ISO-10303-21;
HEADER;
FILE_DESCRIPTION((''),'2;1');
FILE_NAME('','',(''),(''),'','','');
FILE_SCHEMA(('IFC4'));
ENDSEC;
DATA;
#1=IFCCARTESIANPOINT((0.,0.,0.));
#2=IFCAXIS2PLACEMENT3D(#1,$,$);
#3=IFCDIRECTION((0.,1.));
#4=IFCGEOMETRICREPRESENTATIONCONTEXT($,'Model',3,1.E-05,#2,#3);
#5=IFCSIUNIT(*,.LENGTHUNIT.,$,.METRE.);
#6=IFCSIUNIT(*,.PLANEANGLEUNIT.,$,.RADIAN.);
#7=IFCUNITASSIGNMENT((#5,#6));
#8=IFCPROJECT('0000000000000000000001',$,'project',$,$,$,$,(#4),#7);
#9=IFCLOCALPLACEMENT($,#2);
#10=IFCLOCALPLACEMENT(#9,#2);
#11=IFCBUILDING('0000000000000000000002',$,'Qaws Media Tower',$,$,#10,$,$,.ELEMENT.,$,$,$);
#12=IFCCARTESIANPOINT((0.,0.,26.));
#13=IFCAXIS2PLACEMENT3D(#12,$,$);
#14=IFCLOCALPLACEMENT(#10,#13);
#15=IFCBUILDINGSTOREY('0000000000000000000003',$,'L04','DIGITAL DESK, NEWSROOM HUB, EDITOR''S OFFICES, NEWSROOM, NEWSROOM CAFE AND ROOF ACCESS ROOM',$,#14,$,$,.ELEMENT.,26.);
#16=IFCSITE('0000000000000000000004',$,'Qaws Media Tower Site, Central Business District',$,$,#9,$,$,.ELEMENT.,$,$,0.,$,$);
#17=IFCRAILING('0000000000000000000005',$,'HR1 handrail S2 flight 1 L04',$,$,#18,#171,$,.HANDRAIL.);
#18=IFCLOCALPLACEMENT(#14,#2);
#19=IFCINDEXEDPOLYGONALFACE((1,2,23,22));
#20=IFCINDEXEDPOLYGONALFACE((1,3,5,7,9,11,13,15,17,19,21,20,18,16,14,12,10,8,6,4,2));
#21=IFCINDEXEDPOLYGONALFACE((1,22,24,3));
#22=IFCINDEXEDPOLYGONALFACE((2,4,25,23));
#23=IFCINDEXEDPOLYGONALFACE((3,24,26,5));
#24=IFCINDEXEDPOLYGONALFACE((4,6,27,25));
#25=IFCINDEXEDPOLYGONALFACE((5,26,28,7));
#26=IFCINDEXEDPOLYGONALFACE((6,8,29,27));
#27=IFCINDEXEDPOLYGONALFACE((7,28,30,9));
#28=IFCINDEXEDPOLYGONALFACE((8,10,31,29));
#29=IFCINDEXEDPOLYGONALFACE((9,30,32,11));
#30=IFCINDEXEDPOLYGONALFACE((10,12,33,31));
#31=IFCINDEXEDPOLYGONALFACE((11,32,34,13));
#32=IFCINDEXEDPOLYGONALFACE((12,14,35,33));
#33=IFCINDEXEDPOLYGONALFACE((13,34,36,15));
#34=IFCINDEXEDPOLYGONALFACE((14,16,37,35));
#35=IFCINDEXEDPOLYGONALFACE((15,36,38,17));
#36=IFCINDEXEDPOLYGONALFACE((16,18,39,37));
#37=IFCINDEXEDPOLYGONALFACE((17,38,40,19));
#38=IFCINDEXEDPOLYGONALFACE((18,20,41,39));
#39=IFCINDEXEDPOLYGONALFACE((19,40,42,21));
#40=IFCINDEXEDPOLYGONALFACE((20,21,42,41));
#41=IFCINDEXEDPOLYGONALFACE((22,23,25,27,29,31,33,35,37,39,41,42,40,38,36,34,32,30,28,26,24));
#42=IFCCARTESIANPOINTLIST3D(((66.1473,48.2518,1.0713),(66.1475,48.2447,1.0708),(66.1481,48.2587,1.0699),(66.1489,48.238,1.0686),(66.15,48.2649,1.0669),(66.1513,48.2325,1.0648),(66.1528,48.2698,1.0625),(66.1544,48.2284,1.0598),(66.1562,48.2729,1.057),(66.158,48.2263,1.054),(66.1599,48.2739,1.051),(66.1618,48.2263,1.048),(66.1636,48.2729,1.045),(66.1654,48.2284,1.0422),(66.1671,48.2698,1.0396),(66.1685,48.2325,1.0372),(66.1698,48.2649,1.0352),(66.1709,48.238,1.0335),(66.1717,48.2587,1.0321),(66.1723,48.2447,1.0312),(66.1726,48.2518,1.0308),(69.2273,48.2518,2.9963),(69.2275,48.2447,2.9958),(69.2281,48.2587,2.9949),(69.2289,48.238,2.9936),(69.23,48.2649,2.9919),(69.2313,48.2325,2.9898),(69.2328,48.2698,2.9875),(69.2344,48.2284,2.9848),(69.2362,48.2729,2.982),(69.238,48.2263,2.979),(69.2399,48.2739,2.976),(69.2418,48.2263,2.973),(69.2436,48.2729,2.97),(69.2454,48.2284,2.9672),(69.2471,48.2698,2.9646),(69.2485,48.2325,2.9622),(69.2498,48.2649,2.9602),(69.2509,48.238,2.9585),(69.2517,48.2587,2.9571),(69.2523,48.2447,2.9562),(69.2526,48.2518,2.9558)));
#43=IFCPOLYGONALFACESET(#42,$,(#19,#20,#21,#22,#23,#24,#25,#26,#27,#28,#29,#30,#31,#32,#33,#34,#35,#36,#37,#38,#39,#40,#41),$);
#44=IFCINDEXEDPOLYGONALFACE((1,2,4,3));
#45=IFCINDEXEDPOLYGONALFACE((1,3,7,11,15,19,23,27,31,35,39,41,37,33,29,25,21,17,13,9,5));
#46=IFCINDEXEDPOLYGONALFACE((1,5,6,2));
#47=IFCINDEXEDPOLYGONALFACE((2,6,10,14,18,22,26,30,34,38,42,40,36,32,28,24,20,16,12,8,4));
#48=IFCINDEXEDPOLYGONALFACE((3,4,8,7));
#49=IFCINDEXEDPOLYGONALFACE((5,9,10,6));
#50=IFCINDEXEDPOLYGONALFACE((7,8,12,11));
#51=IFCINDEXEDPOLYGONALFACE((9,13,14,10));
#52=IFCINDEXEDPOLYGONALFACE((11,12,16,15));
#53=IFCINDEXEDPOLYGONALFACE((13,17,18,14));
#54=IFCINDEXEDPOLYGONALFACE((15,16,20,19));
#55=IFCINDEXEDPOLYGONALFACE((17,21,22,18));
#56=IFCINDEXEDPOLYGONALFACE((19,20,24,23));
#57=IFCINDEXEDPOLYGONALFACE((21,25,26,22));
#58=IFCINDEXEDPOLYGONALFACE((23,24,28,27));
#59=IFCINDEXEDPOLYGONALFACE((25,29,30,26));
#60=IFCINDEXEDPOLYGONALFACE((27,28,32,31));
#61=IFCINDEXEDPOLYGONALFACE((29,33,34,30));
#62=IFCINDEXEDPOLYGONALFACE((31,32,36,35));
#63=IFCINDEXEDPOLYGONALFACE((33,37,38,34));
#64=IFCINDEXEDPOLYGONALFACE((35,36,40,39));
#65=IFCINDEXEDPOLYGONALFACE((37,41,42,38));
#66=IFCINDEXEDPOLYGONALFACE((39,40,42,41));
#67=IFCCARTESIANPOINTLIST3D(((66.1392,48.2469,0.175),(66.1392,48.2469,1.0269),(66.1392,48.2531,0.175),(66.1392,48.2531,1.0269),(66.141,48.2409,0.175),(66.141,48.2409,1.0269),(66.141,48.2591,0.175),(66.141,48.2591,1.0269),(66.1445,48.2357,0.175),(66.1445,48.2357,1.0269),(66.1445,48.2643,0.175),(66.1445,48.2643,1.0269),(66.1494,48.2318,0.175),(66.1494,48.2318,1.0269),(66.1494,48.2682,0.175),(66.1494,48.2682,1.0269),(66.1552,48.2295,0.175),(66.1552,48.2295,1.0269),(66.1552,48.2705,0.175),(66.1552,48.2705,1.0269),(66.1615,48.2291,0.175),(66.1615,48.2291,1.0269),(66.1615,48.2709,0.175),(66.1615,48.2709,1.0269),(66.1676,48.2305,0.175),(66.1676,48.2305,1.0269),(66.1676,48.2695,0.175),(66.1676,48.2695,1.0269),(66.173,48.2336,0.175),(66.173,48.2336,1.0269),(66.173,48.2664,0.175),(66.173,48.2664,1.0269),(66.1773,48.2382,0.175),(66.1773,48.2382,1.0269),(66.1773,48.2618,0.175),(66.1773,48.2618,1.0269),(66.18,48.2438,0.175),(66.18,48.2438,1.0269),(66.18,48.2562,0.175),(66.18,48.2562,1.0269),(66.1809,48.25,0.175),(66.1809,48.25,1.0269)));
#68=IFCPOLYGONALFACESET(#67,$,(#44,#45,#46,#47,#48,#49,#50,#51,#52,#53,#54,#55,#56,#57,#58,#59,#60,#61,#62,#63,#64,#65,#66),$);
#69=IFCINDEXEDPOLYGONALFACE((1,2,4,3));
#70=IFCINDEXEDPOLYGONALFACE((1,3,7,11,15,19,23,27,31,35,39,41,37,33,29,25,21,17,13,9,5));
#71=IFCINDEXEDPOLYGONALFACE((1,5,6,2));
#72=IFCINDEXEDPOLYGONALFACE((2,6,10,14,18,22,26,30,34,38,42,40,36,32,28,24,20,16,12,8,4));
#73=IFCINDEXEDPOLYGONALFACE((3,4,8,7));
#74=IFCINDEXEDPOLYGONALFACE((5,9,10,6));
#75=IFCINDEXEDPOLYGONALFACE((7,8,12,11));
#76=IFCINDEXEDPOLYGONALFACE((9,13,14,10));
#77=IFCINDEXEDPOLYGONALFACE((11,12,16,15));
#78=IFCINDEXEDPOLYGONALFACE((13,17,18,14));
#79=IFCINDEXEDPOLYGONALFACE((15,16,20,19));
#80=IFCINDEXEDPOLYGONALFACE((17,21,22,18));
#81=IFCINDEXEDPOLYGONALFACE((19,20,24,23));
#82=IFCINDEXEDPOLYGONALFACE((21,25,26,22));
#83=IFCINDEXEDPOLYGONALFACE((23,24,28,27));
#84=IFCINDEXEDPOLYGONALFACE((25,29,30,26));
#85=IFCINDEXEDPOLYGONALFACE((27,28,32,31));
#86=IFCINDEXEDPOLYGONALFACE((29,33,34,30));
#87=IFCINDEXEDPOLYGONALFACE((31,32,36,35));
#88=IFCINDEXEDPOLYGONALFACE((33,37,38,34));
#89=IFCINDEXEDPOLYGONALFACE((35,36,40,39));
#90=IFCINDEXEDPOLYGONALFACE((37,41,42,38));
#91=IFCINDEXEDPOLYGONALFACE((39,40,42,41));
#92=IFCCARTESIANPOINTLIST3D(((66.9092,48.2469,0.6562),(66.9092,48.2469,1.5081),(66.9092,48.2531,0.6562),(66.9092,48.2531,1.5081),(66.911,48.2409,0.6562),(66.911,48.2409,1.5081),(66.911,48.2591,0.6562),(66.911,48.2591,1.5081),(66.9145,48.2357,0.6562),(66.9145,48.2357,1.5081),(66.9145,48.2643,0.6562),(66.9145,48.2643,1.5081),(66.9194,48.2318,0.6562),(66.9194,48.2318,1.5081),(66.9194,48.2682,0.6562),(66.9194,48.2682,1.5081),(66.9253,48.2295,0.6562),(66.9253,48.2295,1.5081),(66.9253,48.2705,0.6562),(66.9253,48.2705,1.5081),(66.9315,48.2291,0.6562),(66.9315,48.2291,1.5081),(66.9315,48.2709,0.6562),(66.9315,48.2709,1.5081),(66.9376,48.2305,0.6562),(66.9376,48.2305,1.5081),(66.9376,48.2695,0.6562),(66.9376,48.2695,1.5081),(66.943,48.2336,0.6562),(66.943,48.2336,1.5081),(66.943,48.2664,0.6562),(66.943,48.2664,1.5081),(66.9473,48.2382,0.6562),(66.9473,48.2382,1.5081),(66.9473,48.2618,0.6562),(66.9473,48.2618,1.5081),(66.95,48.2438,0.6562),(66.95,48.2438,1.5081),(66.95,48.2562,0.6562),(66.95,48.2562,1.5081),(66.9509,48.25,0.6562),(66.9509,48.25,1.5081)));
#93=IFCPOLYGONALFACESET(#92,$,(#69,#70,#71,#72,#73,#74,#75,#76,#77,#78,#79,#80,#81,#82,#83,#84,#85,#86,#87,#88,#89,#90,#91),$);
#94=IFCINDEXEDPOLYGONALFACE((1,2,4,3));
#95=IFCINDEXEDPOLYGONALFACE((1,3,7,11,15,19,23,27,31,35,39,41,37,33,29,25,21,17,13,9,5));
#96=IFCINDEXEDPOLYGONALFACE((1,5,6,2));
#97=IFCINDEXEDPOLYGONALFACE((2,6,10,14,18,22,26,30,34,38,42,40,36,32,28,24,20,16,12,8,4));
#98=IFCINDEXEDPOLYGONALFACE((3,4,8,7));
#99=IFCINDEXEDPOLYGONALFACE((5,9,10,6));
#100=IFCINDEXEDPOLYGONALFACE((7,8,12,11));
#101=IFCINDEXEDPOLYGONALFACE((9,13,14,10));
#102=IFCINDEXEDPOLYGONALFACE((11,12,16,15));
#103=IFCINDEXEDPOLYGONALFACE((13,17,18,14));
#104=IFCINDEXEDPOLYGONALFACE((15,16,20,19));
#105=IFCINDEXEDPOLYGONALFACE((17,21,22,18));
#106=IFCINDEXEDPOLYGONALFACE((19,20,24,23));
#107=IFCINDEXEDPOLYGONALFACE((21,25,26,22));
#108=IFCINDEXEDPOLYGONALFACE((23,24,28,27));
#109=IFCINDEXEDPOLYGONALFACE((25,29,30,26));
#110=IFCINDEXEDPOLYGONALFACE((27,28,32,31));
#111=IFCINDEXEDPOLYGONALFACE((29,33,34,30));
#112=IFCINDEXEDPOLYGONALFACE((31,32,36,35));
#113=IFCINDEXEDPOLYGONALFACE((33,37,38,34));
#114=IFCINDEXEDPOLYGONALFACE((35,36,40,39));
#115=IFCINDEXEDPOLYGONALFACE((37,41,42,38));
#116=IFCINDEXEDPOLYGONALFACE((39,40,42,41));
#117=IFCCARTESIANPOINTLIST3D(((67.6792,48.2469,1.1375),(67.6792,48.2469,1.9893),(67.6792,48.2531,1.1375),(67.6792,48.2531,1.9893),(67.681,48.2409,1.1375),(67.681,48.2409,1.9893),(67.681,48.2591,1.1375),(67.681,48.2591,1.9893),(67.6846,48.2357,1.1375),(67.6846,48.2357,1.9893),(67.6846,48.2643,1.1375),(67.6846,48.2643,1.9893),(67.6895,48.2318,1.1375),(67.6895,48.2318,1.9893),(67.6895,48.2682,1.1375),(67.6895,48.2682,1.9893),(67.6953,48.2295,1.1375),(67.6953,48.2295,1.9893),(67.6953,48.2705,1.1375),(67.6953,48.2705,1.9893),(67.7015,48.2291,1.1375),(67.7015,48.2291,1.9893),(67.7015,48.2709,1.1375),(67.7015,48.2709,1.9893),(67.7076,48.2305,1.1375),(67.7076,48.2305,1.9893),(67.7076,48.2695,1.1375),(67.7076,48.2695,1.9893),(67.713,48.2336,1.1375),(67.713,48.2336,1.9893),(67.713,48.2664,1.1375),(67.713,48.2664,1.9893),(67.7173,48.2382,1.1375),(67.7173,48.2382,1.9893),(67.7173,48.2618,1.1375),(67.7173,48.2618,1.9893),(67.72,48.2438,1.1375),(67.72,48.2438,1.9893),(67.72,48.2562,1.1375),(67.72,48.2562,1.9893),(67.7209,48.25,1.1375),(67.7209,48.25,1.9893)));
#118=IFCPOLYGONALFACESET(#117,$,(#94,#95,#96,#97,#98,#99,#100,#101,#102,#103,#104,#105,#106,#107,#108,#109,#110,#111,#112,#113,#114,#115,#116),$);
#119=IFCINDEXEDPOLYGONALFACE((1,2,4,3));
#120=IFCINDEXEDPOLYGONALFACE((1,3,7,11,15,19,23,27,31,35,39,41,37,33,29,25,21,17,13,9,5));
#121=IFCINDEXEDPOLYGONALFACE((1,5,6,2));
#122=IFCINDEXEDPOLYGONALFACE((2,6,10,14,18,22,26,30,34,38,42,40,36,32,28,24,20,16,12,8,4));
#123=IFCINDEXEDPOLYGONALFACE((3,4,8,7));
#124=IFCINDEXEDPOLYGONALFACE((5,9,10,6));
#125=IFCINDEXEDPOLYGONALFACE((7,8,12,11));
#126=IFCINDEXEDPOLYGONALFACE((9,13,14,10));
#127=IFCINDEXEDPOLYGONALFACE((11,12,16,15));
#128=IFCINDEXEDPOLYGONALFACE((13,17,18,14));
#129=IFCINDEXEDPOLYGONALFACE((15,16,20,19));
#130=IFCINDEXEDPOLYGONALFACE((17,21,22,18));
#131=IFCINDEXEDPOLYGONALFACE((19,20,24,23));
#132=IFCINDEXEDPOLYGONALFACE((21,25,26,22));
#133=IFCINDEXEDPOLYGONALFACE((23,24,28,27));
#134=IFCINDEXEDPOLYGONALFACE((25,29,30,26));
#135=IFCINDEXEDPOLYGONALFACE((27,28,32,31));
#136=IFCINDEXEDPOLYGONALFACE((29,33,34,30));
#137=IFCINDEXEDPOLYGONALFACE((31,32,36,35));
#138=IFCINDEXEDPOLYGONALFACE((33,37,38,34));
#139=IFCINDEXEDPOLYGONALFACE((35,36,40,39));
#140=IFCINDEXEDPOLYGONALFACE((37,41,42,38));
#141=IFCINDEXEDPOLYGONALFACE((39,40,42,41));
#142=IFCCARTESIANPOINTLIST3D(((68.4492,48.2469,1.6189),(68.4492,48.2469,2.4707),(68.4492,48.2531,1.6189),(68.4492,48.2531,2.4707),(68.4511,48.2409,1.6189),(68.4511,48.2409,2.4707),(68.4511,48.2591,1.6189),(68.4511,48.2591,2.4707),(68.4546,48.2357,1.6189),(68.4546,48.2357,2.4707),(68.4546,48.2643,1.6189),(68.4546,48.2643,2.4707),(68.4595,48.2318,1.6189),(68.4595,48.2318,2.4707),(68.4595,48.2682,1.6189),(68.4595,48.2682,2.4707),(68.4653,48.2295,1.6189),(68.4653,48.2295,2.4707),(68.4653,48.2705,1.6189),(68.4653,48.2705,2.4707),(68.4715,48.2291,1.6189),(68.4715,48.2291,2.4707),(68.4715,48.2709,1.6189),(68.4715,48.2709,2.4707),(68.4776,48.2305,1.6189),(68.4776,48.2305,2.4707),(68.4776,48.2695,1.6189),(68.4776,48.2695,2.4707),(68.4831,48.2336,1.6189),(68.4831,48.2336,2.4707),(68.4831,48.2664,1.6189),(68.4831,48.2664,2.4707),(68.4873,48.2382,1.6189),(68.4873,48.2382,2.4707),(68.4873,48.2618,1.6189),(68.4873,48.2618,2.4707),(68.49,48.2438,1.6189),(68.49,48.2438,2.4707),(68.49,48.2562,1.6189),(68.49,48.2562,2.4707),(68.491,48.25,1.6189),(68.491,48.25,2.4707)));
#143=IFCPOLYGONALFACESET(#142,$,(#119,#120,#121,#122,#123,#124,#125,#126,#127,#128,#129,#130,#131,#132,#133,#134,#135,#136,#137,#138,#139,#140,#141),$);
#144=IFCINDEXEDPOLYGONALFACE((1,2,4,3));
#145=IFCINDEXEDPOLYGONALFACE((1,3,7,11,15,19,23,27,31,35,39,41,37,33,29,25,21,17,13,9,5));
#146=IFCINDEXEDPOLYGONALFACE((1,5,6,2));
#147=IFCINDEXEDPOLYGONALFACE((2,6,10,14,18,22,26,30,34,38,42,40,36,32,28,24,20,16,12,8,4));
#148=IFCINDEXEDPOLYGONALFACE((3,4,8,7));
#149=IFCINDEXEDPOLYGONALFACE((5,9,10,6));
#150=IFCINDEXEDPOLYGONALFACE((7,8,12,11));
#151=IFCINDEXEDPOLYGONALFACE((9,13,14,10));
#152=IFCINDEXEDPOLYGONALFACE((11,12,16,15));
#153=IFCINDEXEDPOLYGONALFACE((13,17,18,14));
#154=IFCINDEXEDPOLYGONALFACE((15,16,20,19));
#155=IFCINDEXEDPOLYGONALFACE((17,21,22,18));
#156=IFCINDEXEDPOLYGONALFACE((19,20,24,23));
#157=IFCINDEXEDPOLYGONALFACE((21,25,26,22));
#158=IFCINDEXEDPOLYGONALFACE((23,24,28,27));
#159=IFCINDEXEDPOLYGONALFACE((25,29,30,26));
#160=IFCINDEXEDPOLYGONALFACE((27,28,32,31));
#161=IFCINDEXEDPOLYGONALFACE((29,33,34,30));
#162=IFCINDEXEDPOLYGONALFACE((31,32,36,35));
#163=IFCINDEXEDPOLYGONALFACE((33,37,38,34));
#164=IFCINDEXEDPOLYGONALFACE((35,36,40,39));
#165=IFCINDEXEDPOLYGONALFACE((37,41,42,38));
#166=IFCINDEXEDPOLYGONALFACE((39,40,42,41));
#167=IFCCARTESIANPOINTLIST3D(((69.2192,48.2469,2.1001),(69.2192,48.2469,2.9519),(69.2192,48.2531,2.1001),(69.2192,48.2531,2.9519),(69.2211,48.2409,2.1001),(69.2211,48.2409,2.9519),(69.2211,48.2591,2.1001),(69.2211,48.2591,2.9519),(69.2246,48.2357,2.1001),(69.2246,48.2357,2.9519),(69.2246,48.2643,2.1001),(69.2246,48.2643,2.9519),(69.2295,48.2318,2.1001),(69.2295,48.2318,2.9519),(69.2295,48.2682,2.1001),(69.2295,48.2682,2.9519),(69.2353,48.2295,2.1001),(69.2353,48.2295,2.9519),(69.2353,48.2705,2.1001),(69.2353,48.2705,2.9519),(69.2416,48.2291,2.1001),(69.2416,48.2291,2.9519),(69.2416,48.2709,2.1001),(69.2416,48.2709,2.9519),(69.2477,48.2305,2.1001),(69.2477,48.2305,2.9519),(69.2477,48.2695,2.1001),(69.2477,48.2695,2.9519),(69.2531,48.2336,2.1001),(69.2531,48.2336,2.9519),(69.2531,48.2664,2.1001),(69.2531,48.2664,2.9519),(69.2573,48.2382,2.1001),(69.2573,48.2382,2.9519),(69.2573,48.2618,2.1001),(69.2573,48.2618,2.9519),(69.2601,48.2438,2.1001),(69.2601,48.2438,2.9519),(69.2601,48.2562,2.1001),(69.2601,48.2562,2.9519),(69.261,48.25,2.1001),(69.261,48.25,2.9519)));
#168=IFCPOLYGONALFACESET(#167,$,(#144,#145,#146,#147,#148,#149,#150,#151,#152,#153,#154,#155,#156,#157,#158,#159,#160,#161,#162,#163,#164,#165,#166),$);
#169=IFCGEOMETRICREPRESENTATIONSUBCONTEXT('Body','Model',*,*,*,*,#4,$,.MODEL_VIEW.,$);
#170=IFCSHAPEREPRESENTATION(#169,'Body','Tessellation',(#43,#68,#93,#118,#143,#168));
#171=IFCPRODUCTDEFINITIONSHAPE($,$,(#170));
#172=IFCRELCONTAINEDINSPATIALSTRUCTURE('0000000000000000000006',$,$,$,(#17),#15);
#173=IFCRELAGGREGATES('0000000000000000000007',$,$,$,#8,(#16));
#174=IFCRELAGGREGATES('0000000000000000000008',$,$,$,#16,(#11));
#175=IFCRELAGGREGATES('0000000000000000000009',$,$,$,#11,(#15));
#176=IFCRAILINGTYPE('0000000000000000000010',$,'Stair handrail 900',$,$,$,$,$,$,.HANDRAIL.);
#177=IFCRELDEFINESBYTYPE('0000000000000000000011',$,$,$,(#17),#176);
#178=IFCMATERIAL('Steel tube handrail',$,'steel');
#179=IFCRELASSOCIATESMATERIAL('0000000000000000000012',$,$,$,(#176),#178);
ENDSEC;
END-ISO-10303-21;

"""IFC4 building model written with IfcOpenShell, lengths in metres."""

from ifc_helpers import new_model, si_unit, direction, frame, origin, origin_2d, place, context, subcontext, project, spatial, circle, extrude, material, type_object, element, save


model = new_model("IFC4")

# Units and contexts
model_context = context("Model", 3, precision=1e-05, world=origin(), true_north=direction((0.0, 1.0)))
body_context = subcontext(model_context, "Body", "Model", "MODEL_VIEW")
ifc_project = project(units=[si_unit("LENGTHUNIT", "METRE"), si_unit("PLANEANGLEUNIT", "RADIAN")], contexts=[model_context])

# Site, building, storey
site_placement = place(None, origin())
site = spatial("IfcSite", under=ifc_project, at=site_placement, Name="Qaws Media Tower Site, Central Business District", CompositionType="ELEMENT", RefElevation=0.0)
building_placement = place(site_placement, origin())
building = spatial("IfcBuilding", under=site, at=building_placement, Name="Qaws Media Tower", CompositionType="ELEMENT")
storey_placement = place(building_placement, frame((0.0, 0.0, 26.0)))
storey = spatial("IfcBuildingStorey", under=building, at=storey_placement, Name="L04", Description="DIGITAL DESK, NEWSROOM HUB, EDITOR'S OFFICES, NEWSROOM, NEWSROOM CAFE AND ROOF ACCESS ROOM", CompositionType="ELEMENT", Elevation=26.0)

# Railing
ifc_material_1 = material(Name="Steel tube handrail", Category="steel")
railing_type = type_object("IfcRailingType", Name="Stair handrail 900", PredefinedType="HANDRAIL", material=ifc_material_1)
for number, where, name in (
    (1, (66.1599, 48.25, 0.175), "HR1 handrail S2 flight 1 L04"),
):
    element("IfcRailing", number, at=place(storey_placement, frame(where)), inside=storey, type_object=railing_type, Name=name, PredefinedType="HANDRAIL", context=body_context, shape_type="SweptSolid", body=[
        extrude(circle(Radius=0.0239, at=origin_2d()), frame((0.0, 0.0, 0.876), z_axis=(0.847998, 0.0, 0.529999), x_axis=(0.0, 1.0, 0.0)), (0.0, 0.0, 1.0), 3.6321),
        extrude(circle(Radius=0.021, at=origin_2d()), origin(), (0.0, 0.0, 1.0), 0.8518),
        extrude(circle(Radius=0.021, at=origin_2d()), frame((0.77, 0.0, 0.4812)), (0.0, 0.0, 1.0), 0.8518),
        extrude(circle(Radius=0.021, at=origin_2d()), frame((1.54, 0.0, 0.9624)), (0.0, 0.0, 1.0), 0.8518),
        extrude(circle(Radius=0.021, at=origin_2d()), frame((2.3101, 0.0, 1.4438)), (0.0, 0.0, 1.0), 0.8518),
        extrude(circle(Radius=0.021, at=origin_2d()), frame((3.0801, 0.0, 1.925)), (0.0, 0.0, 1.0), 0.8518),
    ])

save(model, "model.ifc")
